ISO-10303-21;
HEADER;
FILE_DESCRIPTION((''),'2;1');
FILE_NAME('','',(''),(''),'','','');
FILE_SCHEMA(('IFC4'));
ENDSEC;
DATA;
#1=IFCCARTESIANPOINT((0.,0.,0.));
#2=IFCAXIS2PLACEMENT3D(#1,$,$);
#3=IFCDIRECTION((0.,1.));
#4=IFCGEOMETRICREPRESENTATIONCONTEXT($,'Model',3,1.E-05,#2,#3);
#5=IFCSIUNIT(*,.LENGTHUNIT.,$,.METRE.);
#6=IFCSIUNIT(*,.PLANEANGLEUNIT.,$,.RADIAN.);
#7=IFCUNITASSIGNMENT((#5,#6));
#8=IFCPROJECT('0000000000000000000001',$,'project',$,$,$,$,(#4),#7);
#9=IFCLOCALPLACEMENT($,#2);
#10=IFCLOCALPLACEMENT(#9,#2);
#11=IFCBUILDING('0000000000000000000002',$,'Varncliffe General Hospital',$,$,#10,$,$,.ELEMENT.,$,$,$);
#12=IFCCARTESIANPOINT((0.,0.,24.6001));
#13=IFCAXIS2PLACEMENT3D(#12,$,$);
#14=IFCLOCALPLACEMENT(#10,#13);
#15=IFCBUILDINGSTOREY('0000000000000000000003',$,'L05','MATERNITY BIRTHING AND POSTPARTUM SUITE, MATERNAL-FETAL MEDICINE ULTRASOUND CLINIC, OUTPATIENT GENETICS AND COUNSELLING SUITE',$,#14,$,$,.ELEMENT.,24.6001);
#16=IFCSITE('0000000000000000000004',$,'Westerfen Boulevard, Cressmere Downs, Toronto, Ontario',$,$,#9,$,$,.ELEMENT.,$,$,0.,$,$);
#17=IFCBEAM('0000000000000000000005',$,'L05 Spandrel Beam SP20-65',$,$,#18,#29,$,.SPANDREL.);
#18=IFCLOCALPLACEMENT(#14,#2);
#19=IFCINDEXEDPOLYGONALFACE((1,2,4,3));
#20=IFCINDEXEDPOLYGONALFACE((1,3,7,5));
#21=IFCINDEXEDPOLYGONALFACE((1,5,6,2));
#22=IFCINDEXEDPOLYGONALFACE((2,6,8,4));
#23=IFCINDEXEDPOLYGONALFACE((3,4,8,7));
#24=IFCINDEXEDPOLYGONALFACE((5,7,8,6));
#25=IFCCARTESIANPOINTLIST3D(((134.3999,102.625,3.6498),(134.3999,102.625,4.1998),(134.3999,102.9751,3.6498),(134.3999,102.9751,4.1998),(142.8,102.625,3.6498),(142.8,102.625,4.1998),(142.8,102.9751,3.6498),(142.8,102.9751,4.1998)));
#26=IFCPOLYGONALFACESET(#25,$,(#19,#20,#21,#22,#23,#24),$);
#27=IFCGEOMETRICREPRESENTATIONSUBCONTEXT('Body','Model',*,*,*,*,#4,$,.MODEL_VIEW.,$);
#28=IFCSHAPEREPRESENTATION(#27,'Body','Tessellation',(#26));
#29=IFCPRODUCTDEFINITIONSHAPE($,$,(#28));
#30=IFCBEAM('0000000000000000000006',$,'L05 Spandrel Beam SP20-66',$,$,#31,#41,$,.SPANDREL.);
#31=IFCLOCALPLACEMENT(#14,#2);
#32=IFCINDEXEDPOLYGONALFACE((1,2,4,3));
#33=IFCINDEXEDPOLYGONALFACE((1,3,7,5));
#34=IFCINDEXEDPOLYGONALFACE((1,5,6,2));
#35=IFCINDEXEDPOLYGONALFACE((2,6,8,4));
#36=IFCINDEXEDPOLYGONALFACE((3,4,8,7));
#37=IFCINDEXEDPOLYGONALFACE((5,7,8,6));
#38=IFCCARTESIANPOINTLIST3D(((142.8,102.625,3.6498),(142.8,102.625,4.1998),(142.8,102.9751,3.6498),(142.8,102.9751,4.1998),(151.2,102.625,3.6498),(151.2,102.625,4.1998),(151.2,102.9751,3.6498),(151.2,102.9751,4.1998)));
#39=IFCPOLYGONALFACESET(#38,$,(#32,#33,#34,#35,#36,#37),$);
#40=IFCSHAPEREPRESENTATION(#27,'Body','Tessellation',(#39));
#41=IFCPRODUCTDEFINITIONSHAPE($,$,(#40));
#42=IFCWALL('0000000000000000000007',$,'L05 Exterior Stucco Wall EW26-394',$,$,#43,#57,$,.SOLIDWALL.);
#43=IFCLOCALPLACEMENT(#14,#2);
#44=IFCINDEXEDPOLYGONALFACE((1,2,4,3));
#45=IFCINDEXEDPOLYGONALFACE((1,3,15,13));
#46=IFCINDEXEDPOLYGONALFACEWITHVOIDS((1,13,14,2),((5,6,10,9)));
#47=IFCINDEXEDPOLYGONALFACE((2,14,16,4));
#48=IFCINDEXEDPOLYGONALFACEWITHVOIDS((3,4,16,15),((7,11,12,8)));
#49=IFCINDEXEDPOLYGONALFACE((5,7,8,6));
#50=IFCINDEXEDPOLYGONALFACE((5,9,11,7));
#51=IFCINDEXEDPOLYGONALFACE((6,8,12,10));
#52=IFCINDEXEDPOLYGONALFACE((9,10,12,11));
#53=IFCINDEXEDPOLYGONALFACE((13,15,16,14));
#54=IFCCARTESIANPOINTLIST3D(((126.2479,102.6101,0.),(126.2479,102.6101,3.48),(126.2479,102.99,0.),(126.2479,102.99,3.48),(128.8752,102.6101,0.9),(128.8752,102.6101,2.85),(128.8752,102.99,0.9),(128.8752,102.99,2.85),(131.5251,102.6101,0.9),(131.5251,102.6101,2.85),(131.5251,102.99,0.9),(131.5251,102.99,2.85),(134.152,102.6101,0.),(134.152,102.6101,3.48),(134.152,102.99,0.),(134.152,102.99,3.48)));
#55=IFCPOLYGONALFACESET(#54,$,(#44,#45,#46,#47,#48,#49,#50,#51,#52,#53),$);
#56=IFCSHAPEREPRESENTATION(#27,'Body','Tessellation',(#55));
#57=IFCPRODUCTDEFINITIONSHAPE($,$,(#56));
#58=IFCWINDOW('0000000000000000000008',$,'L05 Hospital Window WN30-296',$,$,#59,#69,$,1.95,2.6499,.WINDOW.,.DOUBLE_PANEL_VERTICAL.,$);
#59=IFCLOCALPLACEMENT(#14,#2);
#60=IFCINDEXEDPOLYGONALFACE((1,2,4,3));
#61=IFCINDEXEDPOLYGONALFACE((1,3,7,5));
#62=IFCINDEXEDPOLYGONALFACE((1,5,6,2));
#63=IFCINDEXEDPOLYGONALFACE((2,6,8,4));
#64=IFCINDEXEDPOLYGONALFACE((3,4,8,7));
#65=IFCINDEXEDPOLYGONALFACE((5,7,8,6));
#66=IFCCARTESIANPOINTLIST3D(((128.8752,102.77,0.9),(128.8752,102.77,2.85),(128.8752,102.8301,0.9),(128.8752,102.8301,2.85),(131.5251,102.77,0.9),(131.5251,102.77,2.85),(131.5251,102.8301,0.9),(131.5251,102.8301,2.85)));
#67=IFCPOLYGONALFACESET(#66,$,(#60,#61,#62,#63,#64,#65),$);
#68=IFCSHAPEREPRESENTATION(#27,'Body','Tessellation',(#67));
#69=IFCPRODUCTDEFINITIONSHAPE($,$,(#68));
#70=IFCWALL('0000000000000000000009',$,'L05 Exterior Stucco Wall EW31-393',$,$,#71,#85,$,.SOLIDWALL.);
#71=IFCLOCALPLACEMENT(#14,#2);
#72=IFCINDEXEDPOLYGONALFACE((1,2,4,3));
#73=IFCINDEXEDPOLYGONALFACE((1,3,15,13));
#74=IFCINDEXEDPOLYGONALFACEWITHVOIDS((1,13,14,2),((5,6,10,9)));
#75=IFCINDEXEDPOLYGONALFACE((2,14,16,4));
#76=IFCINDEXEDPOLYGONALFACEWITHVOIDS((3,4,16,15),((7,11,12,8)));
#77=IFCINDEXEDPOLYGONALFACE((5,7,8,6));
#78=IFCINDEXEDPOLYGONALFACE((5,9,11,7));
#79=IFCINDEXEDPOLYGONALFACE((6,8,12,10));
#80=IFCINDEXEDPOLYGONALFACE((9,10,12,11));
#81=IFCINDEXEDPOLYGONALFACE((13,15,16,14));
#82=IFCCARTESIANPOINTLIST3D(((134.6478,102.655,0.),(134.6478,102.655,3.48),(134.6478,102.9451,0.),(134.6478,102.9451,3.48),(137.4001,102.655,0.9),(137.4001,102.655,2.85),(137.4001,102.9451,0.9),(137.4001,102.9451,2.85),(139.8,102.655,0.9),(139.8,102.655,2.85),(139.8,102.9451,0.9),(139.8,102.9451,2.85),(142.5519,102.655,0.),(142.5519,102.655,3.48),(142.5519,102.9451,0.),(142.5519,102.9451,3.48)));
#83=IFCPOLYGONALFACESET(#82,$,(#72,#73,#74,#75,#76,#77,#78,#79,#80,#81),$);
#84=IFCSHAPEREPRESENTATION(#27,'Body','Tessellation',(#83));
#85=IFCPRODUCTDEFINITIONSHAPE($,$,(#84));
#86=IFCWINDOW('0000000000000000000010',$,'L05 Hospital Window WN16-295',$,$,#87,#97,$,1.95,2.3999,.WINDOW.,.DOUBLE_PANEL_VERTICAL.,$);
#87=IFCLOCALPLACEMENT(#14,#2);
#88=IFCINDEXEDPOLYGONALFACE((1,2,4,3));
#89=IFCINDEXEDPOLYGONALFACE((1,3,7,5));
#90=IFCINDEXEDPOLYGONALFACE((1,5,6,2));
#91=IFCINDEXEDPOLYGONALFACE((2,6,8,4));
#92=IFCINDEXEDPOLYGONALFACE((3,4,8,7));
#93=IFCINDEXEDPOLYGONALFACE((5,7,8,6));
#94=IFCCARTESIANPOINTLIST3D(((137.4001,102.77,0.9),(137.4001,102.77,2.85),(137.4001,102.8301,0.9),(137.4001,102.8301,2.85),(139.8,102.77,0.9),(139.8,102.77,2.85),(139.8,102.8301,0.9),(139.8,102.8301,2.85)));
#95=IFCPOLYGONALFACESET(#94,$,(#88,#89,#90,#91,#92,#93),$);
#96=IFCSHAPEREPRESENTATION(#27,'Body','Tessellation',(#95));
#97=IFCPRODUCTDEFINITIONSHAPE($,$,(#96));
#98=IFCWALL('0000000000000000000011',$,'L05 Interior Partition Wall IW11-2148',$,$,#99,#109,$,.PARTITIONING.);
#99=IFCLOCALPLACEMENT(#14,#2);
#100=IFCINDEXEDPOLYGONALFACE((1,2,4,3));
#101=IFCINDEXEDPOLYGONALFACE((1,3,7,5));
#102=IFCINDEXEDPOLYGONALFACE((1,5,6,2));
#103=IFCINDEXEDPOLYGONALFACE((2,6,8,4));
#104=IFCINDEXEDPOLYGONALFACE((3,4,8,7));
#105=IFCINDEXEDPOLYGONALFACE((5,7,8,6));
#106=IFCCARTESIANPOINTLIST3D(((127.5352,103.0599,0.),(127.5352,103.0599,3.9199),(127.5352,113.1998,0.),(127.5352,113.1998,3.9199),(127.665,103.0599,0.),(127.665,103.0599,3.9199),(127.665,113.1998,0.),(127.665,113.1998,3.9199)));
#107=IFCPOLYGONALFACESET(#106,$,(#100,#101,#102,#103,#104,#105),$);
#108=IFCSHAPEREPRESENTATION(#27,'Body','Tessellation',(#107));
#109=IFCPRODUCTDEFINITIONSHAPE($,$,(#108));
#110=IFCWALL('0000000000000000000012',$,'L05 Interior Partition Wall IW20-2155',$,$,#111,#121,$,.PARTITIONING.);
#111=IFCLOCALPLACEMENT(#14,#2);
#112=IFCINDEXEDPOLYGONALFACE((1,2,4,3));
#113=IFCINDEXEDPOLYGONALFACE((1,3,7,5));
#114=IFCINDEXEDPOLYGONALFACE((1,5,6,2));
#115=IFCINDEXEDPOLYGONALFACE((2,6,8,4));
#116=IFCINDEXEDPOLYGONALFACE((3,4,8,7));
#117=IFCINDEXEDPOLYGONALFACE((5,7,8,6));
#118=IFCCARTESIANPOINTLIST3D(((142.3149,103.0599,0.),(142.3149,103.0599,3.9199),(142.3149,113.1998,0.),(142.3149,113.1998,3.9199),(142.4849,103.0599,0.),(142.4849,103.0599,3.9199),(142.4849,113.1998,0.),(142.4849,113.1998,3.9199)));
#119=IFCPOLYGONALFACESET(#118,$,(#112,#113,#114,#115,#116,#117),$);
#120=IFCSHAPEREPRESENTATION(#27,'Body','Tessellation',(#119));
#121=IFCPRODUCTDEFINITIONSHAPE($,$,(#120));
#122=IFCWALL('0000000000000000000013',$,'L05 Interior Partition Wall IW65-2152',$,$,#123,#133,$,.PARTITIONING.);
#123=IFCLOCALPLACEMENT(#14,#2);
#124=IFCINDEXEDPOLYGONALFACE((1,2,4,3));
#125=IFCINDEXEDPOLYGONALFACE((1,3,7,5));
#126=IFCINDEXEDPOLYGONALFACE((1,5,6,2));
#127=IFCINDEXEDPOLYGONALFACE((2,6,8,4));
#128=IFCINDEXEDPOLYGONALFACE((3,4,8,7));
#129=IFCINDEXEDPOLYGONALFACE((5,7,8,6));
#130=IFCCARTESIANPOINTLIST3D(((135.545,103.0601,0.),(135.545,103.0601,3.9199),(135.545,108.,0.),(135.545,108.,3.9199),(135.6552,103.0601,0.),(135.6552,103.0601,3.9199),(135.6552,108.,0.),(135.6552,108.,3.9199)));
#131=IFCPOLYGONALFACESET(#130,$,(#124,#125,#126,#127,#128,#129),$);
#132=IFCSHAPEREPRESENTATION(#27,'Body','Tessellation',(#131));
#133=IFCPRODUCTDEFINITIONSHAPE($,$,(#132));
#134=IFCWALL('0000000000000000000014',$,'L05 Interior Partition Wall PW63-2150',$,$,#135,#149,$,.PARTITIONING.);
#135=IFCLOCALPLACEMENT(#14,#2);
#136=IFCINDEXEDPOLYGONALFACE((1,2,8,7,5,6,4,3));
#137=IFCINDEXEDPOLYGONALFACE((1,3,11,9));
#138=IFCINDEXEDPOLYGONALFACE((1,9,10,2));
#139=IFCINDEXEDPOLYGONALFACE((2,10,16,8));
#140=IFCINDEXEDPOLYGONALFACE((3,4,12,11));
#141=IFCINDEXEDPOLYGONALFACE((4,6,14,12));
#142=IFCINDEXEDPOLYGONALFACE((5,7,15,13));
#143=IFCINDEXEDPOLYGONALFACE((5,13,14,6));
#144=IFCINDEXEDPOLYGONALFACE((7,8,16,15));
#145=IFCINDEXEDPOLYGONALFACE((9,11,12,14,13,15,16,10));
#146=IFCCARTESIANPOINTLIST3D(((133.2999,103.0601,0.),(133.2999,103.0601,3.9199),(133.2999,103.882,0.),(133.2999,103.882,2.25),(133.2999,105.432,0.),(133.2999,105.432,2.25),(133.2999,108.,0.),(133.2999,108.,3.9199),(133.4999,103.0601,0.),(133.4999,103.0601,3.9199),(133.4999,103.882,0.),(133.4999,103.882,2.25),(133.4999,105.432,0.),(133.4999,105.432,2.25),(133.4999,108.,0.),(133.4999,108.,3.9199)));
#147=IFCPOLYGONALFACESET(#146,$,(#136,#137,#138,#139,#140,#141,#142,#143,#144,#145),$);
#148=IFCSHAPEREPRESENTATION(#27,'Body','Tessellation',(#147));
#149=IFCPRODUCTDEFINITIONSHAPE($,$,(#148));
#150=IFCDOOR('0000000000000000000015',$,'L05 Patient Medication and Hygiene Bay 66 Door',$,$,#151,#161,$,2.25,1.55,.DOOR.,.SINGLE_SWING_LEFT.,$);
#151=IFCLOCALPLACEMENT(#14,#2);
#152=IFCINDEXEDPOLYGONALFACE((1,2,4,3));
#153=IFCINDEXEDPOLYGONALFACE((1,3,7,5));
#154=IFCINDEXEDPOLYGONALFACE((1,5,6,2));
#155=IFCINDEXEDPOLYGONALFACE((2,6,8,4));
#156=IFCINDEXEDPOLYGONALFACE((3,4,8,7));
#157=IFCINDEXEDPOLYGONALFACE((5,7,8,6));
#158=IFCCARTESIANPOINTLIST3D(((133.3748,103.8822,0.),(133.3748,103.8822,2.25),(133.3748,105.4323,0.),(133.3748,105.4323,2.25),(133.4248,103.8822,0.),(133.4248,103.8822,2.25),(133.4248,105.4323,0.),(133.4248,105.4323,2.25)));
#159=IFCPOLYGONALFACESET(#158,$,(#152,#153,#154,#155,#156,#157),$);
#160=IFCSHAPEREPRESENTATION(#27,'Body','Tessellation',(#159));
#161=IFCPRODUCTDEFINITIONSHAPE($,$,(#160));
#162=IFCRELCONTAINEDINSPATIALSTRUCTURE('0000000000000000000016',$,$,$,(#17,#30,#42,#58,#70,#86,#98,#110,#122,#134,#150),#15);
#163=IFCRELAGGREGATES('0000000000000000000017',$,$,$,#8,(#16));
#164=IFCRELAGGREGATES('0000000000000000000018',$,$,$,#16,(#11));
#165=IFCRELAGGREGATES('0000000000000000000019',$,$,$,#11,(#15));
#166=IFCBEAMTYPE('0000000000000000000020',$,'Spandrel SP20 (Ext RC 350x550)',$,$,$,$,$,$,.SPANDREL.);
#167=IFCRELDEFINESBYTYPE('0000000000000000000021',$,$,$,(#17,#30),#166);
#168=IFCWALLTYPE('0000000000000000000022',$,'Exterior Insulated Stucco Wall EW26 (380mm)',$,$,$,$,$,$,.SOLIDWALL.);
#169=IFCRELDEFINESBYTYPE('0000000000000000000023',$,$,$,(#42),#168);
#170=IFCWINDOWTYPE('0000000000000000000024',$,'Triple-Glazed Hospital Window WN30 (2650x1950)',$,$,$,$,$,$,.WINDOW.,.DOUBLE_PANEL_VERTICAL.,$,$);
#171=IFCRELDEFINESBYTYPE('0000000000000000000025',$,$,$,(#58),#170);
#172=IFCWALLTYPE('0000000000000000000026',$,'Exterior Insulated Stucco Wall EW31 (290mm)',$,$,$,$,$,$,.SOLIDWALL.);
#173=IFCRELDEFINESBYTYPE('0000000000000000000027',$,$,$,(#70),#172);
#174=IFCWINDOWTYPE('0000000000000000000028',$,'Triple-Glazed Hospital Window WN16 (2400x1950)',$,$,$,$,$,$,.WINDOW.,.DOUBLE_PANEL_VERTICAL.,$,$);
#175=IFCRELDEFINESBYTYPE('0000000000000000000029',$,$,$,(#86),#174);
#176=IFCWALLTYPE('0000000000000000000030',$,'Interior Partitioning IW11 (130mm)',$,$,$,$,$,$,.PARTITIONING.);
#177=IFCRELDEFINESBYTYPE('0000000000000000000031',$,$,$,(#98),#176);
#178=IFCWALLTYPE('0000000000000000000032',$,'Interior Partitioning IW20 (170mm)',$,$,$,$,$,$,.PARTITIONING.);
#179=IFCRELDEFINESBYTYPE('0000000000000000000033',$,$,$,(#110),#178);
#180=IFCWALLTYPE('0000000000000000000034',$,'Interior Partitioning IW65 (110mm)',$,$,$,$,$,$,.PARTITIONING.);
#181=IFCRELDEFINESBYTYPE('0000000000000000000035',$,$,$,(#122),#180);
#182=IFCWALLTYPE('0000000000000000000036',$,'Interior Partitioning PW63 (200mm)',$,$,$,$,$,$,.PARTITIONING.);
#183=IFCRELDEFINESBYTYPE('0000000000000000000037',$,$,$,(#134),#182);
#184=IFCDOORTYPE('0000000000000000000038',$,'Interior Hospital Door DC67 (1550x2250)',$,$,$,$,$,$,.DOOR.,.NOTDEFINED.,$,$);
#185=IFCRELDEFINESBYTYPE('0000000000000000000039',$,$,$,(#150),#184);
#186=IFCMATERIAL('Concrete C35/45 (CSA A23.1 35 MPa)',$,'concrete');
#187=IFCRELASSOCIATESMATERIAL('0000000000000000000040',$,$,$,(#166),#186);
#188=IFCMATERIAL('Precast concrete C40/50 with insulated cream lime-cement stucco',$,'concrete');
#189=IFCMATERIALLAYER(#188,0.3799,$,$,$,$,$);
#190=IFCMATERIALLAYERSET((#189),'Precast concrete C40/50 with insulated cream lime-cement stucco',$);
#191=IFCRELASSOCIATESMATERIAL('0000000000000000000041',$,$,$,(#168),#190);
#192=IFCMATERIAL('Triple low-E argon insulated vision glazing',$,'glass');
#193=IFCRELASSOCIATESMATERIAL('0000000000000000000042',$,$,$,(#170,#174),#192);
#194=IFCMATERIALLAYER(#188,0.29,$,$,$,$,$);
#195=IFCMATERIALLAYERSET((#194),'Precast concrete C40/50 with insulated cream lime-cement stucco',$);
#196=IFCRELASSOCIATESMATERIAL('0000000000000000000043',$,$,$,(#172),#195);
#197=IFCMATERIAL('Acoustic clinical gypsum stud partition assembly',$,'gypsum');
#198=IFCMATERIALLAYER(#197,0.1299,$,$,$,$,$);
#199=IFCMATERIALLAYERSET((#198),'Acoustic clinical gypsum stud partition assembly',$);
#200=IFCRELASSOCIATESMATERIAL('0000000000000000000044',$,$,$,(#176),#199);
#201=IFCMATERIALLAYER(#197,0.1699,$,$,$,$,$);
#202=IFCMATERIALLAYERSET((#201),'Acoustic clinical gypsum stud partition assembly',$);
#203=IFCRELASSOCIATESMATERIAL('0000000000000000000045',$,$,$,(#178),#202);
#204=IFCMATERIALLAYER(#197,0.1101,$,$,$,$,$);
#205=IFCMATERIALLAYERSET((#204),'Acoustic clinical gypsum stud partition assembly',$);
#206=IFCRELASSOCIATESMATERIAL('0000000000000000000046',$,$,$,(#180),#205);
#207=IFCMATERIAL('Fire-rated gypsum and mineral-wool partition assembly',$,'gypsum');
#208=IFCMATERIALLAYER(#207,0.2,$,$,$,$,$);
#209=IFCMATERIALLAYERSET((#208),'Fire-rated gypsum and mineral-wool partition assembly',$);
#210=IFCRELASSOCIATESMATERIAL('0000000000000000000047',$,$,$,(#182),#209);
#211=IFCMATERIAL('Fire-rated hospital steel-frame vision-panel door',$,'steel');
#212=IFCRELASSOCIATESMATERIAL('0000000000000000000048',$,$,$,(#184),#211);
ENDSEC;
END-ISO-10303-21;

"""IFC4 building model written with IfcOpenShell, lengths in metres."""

from ifc_helpers import new_model, si_unit, direction, frame, frame_2d, origin, origin_2d, place, context, subcontext, project, spatial, rectangle, extrude, material, layer, layer_set, material_profile, profile_set, type_object, element, fill, save


model = new_model("IFC4")

# Units and contexts
model_context = context("Model", 3, precision=1e-05, world=origin(), true_north=direction((0.0, 1.0)))
body_context = subcontext(model_context, "Body", "Model", "MODEL_VIEW")
ifc_project = project(units=[si_unit("LENGTHUNIT", "METRE"), si_unit("PLANEANGLEUNIT", "RADIAN")], contexts=[model_context])

# Site, building, storey
site_placement = place(None, origin())
site = spatial("IfcSite", under=ifc_project, at=site_placement, Name="Westerfen Boulevard, Cressmere Downs, Toronto, Ontario", CompositionType="ELEMENT", RefElevation=0.0)
building_placement = place(site_placement, origin())
building = spatial("IfcBuilding", under=site, at=building_placement, Name="Varncliffe General Hospital", CompositionType="ELEMENT")
storey_placement = place(building_placement, frame((0.0, 0.0, 24.6001)))
storey = spatial("IfcBuildingStorey", under=building, at=storey_placement, Name="L05", Description="MATERNITY BIRTHING AND POSTPARTUM SUITE, MATERNAL-FETAL MEDICINE ULTRASOUND CLINIC, OUTPATIENT GENETICS AND COUNSELLING SUITE", CompositionType="ELEMENT", Elevation=24.6001)

# Beams
ifc_material_1 = material(Name="Concrete C35/45 (CSA A23.1 35 MPa)", Category="concrete")
ifc_material_profile_1 = material_profile(ifc_material_1, rectangle(XDim=0.3501, YDim=0.55, at=origin_2d()), Name="RC 350x550")
ifc_profile_set_1 = profile_set([ifc_material_profile_1], Name="Concrete C35/45 (CSA A23.1 35 MPa)")
beam_type_1 = type_object("IfcBeamType", Name="Spandrel SP20 (Ext RC 350x550)", PredefinedType="SPANDREL", material=ifc_profile_set_1)
beam_1_placement = place(storey_placement, frame((134.3999, 102.8, 3.9248), z_axis=(1.0, 0.0, 0.0), x_axis=(0.0, 1.0, 0.0)))
element("IfcBeam", 1, at=beam_1_placement, inside=storey, type_object=beam_type_1, Name="L05 Spandrel Beam SP20-65", PredefinedType="SPANDREL", context=body_context, shape_type="SweptSolid", body=[
    extrude(rectangle(XDim=0.3501, YDim=0.55, at=origin_2d()), origin(), (0.0, 0.0, 1.0), 8.4001),
])
beam_2_placement = place(storey_placement, frame((142.8, 102.8, 3.9248), z_axis=(1.0, 0.0, 0.0), x_axis=(0.0, 1.0, 0.0)))
element("IfcBeam", 2, at=beam_2_placement, inside=storey, type_object=beam_type_1, Name="L05 Spandrel Beam SP20-66", PredefinedType="SPANDREL", context=body_context, shape_type="SweptSolid", body=[
    extrude(rectangle(XDim=0.3501, YDim=0.55, at=origin_2d()), origin(), (0.0, 0.0, 1.0), 8.3999),
])

# Walls, openings, windows
ifc_material_2 = material(Name="Precast concrete C40/50 with insulated cream lime-cement stucco", Category="concrete")
ifc_layer_1 = layer(ifc_material_2, 0.3799)
ifc_layer_set_1 = layer_set([ifc_layer_1], Name="Precast concrete C40/50 with insulated cream lime-cement stucco")
wall_type_1 = type_object("IfcWallType", Name="Exterior Insulated Stucco Wall EW26 (380mm)", PredefinedType="SOLIDWALL", material=ifc_layer_set_1)
wall_1_placement = place(storey_placement, frame((134.1521, 102.8, 0.0), z_axis=(0.0, 0.0, 1.0), x_axis=(-1.0, 0.0, 0.0)))
wall_1 = element("IfcWall", 3, at=wall_1_placement, inside=storey, type_object=wall_type_1, Name="L05 Exterior Stucco Wall EW26-394", PredefinedType="SOLIDWALL", context=body_context, shape_type="SweptSolid", body=[
    extrude(rectangle(XDim=7.9041, YDim=0.3799, at=frame_2d((3.9521, 0.0))), origin(), (0.0, 0.0, 1.0), 3.48),
])
opening_1_placement = place(wall_1_placement, frame((2.627, 0.0, 0.8999)))
opening_1 = element("IfcOpeningElement", 4, at=opening_1_placement, cuts=wall_1, PredefinedType="OPENING", context=body_context, shape_type="SweptSolid", body=[
    extrude(rectangle(XDim=2.6499, YDim=1.95, at=frame_2d((1.325, 0.9751))), frame((0.0, 0.2, 0.0), z_axis=(0.0, -1.0, 0.0), x_axis=(1.0, 0.0, 0.0)), (0.0, 0.0, 1.0), 0.3999),
])
ifc_material_3 = material(Name="Triple low-E argon insulated vision glazing", Category="glass")
window_type_1 = type_object("IfcWindowType", Name="Triple-Glazed Hospital Window WN30 (2650x1950)", PartitioningType="DOUBLE_PANEL_VERTICAL", PredefinedType="WINDOW", material=ifc_material_3)
window_1_placement = place(opening_1_placement, origin())
window_1 = element("IfcWindow", 5, at=window_1_placement, inside=storey, type_object=window_type_1, Name="L05 Hospital Window WN30-296", OverallHeight=1.95, OverallWidth=2.6499, PartitioningType="DOUBLE_PANEL_VERTICAL", PredefinedType="WINDOW", context=body_context, shape_type="SweptSolid", body=[
    extrude(rectangle(XDim=2.6499, YDim=1.95, at=frame_2d((1.325, 0.9751))), frame((0.0, 0.03, 0.0), z_axis=(0.0, -1.0, 0.0), x_axis=(1.0, 0.0, 0.0)), (0.0, 0.0, 1.0), 0.0601),
])
fill(opening_1, window_1)
ifc_layer_2 = layer(ifc_material_2, 0.29)
ifc_layer_set_2 = layer_set([ifc_layer_2], Name="Precast concrete C40/50 with insulated cream lime-cement stucco")
wall_type_2 = type_object("IfcWallType", Name="Exterior Insulated Stucco Wall EW31 (290mm)", PredefinedType="SOLIDWALL", material=ifc_layer_set_2)
wall_2_placement = place(storey_placement, frame((142.552, 102.8, 0.0), z_axis=(0.0, 0.0, 1.0), x_axis=(-1.0, 0.0, 0.0)))
wall_2 = element("IfcWall", 6, at=wall_2_placement, inside=storey, type_object=wall_type_2, Name="L05 Exterior Stucco Wall EW31-393", PredefinedType="SOLIDWALL", context=body_context, shape_type="SweptSolid", body=[
    extrude(rectangle(XDim=7.9041, YDim=0.29, at=frame_2d((3.9521, 0.0))), origin(), (0.0, 0.0, 1.0), 3.48),
])
opening_2_placement = place(wall_2_placement, frame((2.752, 0.0, 0.8999)))
opening_2 = element("IfcOpeningElement", 7, at=opening_2_placement, cuts=wall_2, PredefinedType="OPENING", context=body_context, shape_type="SweptSolid", body=[
    extrude(rectangle(XDim=2.3999, YDim=1.95, at=frame_2d((1.2, 0.9751))), frame((0.0, 0.155, 0.0), z_axis=(0.0, -1.0, 0.0), x_axis=(1.0, 0.0, 0.0)), (0.0, 0.0, 1.0), 0.3101),
])
window_type_2 = type_object("IfcWindowType", Name="Triple-Glazed Hospital Window WN16 (2400x1950)", PartitioningType="DOUBLE_PANEL_VERTICAL", PredefinedType="WINDOW", material=ifc_material_3)
window_2_placement = place(opening_2_placement, origin())
window_2 = element("IfcWindow", 8, at=window_2_placement, inside=storey, type_object=window_type_2, Name="L05 Hospital Window WN16-295", OverallHeight=1.95, OverallWidth=2.3999, PartitioningType="DOUBLE_PANEL_VERTICAL", PredefinedType="WINDOW", context=body_context, shape_type="SweptSolid", body=[
    extrude(rectangle(XDim=2.3999, YDim=1.95, at=frame_2d((1.2, 0.9751))), frame((0.0, 0.03, 0.0), z_axis=(0.0, -1.0, 0.0), x_axis=(1.0, 0.0, 0.0)), (0.0, 0.0, 1.0), 0.0601),
])
fill(opening_2, window_2)

# Walls
ifc_material_4 = material(Name="Acoustic clinical gypsum stud partition assembly", Category="gypsum")
ifc_layer_3 = layer(ifc_material_4, 0.1299)
ifc_layer_set_3 = layer_set([ifc_layer_3], Name="Acoustic clinical gypsum stud partition assembly")
wall_type_3 = type_object("IfcWallType", Name="Interior Partitioning IW11 (130mm)", PredefinedType="PARTITIONING", material=ifc_layer_set_3)
wall_3_placement = place(storey_placement, frame((127.6001, 103.0601, 0.0), z_axis=(0.0, 0.0, 1.0), x_axis=(0.0, 1.0, 0.0)))
element("IfcWall", 9, at=wall_3_placement, inside=storey, type_object=wall_type_3, Name="L05 Interior Partition Wall IW11-2148", PredefinedType="PARTITIONING", context=body_context, shape_type="SweptSolid", body=[
    extrude(rectangle(XDim=10.1399, YDim=0.1299, at=frame_2d((5.0698, 0.0))), origin(), (0.0, 0.0, 1.0), 3.9199),
])
ifc_layer_4 = layer(ifc_material_4, 0.1699)
ifc_layer_set_4 = layer_set([ifc_layer_4], Name="Acoustic clinical gypsum stud partition assembly")
wall_type_4 = type_object("IfcWallType", Name="Interior Partitioning IW20 (170mm)", PredefinedType="PARTITIONING", material=ifc_layer_set_4)
wall_4_placement = place(storey_placement, frame((142.3999, 103.0601, 0.0), z_axis=(0.0, 0.0, 1.0), x_axis=(0.0, 1.0, 0.0)))
element("IfcWall", 10, at=wall_4_placement, inside=storey, type_object=wall_type_4, Name="L05 Interior Partition Wall IW20-2155", PredefinedType="PARTITIONING", context=body_context, shape_type="SweptSolid", body=[
    extrude(rectangle(XDim=10.1399, YDim=0.1699, at=frame_2d((5.0698, 0.0))), origin(), (0.0, 0.0, 1.0), 3.9199),
])
ifc_layer_5 = layer(ifc_material_4, 0.1101)
ifc_layer_set_5 = layer_set([ifc_layer_5], Name="Acoustic clinical gypsum stud partition assembly")
wall_type_5 = type_object("IfcWallType", Name="Interior Partitioning IW65 (110mm)", PredefinedType="PARTITIONING", material=ifc_layer_set_5)
wall_5_placement = place(storey_placement, frame((135.6001, 103.0601, 0.0), z_axis=(0.0, 0.0, 1.0), x_axis=(0.0, 1.0, 0.0)))
element("IfcWall", 11, at=wall_5_placement, inside=storey, type_object=wall_type_5, Name="L05 Interior Partition Wall IW65-2152", PredefinedType="PARTITIONING", context=body_context, shape_type="SweptSolid", body=[
    extrude(rectangle(XDim=4.9399, YDim=0.1101, at=frame_2d((2.47, 0.0))), origin(), (0.0, 0.0, 1.0), 3.9199),
])

# Wall, opening, door
ifc_material_5 = material(Name="Fire-rated gypsum and mineral-wool partition assembly", Category="gypsum")
ifc_layer_6 = layer(ifc_material_5, 0.2)
ifc_layer_set_6 = layer_set([ifc_layer_6], Name="Fire-rated gypsum and mineral-wool partition assembly")
wall_type_6 = type_object("IfcWallType", Name="Interior Partitioning PW63 (200mm)", PredefinedType="PARTITIONING", material=ifc_layer_set_6)
wall_6_placement = place(storey_placement, frame((133.3999, 103.0601, 0.0), z_axis=(0.0, 0.0, 1.0), x_axis=(0.0, 1.0, 0.0)))
wall_6 = element("IfcWall", 12, at=wall_6_placement, inside=storey, type_object=wall_type_6, Name="L05 Interior Partition Wall PW63-2150", PredefinedType="PARTITIONING", context=body_context, shape_type="SweptSolid", body=[
    extrude(rectangle(XDim=4.9399, YDim=0.2, at=frame_2d((2.47, 0.0))), origin(), (0.0, 0.0, 1.0), 3.9199),
])
opening_3_placement = place(wall_6_placement, frame((0.822, 0.0, 0.0)))
opening_3 = element("IfcOpeningElement", 13, at=opening_3_placement, cuts=wall_6, PredefinedType="OPENING", context=body_context, shape_type="SweptSolid", body=[
    extrude(rectangle(XDim=1.55, YDim=2.25, at=frame_2d((0.7749, 1.125))), frame((0.0, 0.1099, 0.0), z_axis=(0.0, -1.0, 0.0), x_axis=(1.0, 0.0, 0.0)), (0.0, 0.0, 1.0), 0.22),
])
ifc_material_6 = material(Name="Fire-rated hospital steel-frame vision-panel door", Category="steel")
door_type_1 = type_object("IfcDoorType", Name="Interior Hospital Door DC67 (1550x2250)", OperationType="NOTDEFINED", PredefinedType="DOOR", material=ifc_material_6)
door_1_placement = place(opening_3_placement, frame((1.55, 0.0, 0.0), z_axis=(0.0, 0.0, 1.0), x_axis=(-1.0, 0.0, 0.0)))
door_1 = element("IfcDoor", 14, at=door_1_placement, inside=storey, type_object=door_type_1, Name="L05 Patient Medication and Hygiene Bay 66 Door", OperationType="SINGLE_SWING_LEFT", OverallHeight=2.25, OverallWidth=1.55, PredefinedType="DOOR", context=body_context, shape_type="SweptSolid", body=[
    extrude(rectangle(XDim=1.55, YDim=2.25, at=frame_2d((0.7749, 1.125))), frame((0.0, 0.0249, 0.0), z_axis=(0.0, -1.0, 0.0), x_axis=(1.0, 0.0, 0.0)), (0.0, 0.0, 1.0), 0.05),
])
fill(opening_3, door_1)

save(model, "model.ifc")
